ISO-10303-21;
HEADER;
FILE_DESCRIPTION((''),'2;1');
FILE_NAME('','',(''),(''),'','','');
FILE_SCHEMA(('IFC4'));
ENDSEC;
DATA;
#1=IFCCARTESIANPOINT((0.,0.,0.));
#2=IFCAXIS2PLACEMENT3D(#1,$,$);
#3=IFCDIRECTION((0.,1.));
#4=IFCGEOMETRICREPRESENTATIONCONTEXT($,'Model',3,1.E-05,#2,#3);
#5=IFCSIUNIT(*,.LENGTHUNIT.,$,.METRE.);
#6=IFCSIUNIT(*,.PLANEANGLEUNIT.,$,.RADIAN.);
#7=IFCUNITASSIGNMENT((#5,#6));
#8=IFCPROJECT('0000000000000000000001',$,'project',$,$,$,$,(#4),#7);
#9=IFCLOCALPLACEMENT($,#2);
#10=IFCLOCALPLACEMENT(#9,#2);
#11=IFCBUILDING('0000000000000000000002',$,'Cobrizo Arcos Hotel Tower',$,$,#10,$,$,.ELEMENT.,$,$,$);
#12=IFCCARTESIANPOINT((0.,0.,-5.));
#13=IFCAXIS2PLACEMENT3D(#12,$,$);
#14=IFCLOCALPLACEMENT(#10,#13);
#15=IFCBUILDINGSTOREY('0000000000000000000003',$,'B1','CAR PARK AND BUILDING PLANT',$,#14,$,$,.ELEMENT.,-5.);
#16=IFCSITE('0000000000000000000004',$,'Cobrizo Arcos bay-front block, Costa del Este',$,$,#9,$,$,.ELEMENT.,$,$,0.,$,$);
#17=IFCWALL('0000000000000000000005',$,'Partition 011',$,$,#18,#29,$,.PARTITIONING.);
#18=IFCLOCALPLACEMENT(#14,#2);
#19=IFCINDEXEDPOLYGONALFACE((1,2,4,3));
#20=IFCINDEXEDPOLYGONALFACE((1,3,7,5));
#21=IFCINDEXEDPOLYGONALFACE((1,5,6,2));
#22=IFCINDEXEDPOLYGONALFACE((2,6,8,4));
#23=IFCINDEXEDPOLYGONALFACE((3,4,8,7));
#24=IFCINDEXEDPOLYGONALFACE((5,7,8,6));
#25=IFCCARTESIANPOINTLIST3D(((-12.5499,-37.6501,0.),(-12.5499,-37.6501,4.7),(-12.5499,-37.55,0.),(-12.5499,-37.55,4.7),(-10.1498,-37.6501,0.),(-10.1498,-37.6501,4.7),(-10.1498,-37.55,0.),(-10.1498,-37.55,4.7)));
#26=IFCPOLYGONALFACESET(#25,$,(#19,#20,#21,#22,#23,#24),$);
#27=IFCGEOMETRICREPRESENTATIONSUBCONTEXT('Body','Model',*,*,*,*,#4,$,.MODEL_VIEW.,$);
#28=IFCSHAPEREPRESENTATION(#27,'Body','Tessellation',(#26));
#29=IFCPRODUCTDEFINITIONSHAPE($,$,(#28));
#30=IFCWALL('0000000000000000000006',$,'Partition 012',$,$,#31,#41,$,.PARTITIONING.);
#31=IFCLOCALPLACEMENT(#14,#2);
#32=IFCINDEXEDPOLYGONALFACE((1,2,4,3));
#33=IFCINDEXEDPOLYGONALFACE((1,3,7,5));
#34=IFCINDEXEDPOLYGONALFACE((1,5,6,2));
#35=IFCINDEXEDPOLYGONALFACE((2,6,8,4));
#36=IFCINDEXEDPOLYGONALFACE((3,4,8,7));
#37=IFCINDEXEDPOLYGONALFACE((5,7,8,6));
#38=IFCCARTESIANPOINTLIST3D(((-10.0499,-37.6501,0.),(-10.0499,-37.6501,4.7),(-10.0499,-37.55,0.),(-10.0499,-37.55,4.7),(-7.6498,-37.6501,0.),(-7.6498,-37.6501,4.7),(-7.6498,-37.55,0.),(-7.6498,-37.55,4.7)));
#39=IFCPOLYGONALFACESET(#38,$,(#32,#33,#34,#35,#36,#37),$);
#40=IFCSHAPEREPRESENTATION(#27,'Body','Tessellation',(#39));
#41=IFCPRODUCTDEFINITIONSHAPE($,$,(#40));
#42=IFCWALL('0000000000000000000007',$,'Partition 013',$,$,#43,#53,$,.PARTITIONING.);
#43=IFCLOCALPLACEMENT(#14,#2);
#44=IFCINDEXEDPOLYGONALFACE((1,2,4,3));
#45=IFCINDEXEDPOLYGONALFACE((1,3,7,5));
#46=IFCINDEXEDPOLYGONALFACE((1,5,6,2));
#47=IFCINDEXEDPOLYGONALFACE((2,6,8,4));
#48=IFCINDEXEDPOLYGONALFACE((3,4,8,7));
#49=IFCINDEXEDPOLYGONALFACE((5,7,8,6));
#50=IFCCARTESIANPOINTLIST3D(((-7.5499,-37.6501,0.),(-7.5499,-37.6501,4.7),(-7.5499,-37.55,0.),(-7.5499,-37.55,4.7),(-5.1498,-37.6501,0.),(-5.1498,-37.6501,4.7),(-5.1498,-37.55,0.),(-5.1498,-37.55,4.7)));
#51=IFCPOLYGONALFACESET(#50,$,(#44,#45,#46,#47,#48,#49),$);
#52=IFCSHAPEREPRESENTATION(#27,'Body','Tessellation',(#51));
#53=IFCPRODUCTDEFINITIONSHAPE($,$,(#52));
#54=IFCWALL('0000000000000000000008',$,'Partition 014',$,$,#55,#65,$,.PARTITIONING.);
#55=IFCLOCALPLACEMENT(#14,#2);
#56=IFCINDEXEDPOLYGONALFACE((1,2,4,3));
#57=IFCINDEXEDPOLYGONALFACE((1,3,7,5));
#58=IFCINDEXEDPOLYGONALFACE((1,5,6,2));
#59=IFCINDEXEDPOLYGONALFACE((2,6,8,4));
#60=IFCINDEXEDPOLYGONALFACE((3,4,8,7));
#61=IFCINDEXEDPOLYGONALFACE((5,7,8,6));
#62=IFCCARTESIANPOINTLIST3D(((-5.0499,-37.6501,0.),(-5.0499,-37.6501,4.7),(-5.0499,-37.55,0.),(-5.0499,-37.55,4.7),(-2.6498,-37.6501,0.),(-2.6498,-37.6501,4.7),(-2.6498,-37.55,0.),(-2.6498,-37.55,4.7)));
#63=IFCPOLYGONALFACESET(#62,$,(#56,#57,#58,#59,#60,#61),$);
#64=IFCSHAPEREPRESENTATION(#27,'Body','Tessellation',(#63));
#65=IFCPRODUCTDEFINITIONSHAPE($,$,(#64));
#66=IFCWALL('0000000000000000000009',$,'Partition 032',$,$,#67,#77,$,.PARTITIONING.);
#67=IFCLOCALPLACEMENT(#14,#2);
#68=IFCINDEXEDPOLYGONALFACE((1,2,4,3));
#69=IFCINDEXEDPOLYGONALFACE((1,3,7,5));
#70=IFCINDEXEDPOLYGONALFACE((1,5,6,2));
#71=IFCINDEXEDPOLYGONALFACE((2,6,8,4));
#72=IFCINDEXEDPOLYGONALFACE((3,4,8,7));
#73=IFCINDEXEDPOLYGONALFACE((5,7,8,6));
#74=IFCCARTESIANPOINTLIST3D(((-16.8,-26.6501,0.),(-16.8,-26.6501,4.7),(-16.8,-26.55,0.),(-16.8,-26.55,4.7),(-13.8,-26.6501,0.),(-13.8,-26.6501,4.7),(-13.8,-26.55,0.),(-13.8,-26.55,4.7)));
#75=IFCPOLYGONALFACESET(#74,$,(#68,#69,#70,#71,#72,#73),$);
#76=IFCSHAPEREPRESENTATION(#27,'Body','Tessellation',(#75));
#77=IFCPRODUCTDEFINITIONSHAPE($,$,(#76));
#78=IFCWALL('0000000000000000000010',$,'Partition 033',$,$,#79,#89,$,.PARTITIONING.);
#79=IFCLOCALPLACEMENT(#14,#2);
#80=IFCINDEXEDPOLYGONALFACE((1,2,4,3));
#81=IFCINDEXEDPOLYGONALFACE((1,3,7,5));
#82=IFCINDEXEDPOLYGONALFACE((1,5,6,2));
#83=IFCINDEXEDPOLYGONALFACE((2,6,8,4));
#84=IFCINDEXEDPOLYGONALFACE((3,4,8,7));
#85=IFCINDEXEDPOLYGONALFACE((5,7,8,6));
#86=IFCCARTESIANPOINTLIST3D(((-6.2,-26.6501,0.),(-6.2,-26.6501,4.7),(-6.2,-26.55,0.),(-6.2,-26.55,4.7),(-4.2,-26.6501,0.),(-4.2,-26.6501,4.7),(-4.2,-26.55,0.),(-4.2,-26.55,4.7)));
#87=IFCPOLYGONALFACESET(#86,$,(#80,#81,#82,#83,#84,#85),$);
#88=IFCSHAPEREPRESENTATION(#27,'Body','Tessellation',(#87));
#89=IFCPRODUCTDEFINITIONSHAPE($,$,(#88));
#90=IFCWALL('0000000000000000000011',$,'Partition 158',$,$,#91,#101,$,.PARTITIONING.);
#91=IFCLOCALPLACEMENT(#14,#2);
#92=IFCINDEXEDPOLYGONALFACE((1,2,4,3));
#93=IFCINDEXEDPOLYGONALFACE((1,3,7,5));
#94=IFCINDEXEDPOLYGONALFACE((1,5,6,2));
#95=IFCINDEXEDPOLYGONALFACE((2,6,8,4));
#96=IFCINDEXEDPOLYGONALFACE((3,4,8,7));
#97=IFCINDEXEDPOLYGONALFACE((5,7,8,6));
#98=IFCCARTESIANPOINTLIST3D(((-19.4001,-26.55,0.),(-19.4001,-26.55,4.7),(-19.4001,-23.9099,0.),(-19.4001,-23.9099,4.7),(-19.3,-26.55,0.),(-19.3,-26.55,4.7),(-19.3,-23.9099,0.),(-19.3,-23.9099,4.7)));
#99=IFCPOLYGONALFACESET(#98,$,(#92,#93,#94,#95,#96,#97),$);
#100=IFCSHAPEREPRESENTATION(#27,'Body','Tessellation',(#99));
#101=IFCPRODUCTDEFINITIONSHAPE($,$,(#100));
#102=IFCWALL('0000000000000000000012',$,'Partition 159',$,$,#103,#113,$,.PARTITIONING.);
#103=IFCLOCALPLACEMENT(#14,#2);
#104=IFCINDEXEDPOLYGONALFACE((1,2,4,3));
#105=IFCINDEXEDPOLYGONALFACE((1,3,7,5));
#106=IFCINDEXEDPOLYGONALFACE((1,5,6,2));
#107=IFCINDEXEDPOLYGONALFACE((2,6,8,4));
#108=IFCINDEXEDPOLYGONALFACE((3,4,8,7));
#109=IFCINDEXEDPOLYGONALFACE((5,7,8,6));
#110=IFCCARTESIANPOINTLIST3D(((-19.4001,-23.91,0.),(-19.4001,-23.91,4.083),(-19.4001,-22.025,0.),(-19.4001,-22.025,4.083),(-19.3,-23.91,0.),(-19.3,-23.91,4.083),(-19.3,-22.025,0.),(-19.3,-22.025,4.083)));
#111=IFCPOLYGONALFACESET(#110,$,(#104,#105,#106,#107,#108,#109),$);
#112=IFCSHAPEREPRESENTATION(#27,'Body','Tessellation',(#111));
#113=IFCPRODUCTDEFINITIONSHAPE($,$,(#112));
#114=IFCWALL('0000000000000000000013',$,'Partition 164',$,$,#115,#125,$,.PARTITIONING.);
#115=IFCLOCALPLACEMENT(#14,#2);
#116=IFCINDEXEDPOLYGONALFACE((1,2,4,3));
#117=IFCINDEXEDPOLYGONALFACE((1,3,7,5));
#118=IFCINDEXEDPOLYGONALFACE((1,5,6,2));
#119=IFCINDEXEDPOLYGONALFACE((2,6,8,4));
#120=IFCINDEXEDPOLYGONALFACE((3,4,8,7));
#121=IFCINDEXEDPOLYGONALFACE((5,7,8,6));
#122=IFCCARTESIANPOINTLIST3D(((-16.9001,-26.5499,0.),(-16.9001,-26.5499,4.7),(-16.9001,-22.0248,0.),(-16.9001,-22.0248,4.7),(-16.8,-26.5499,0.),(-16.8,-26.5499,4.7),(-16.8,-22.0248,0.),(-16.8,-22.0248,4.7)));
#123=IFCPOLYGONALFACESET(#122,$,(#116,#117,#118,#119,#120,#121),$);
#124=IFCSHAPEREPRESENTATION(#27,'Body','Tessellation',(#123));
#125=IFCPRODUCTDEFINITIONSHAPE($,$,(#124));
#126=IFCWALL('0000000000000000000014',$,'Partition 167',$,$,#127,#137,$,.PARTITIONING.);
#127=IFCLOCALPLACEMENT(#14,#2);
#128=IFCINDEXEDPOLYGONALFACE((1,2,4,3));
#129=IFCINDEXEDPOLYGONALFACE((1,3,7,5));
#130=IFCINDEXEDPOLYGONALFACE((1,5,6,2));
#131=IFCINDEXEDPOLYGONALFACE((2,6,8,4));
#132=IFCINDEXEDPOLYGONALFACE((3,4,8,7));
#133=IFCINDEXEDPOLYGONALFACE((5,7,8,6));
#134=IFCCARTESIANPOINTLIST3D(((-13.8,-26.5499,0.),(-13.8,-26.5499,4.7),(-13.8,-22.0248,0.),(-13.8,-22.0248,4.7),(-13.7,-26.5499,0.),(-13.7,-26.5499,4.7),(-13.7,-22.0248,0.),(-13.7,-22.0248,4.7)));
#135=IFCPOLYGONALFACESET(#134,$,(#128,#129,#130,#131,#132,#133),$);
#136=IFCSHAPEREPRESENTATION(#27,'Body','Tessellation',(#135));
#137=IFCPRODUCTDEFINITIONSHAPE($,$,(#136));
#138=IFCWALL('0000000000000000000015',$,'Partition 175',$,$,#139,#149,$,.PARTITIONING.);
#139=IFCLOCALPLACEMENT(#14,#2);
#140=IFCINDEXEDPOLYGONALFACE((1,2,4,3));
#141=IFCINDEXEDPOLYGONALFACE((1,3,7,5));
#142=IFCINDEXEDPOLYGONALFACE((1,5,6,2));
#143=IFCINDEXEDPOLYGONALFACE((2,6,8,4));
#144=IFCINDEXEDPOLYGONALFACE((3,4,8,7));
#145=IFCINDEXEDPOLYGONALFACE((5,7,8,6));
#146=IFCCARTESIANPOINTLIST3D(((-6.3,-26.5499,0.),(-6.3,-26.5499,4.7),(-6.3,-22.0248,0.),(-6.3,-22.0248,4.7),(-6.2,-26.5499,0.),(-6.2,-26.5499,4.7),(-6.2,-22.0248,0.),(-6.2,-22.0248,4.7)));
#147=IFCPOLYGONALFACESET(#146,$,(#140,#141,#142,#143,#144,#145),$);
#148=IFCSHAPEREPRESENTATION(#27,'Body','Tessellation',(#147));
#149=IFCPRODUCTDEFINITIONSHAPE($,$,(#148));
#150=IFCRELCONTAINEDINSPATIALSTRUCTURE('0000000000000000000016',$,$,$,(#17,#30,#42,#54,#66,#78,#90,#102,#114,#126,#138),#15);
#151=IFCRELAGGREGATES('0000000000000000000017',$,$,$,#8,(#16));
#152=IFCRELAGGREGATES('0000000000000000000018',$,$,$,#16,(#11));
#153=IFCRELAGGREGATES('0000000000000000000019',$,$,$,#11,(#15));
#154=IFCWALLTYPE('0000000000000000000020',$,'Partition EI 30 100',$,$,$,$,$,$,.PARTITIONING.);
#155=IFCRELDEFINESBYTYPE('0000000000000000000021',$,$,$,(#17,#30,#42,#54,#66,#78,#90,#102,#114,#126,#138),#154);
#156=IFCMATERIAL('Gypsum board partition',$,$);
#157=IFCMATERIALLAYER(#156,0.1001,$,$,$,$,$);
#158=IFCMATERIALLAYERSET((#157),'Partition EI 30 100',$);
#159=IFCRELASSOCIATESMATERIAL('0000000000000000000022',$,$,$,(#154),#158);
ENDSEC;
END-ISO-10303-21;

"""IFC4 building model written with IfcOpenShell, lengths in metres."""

from ifc_helpers import new_model, si_unit, direction, frame, frame_2d, origin, place, context, subcontext, project, spatial, rectangle, extrude, material, layer, layer_set, type_object, element, save


model = new_model("IFC4")

# Units and contexts
model_context = context("Model", 3, precision=1e-05, world=origin(), true_north=direction((0.0, 1.0)))
body_context = subcontext(model_context, "Body", "Model", "MODEL_VIEW")
ifc_project = project(units=[si_unit("LENGTHUNIT", "METRE"), si_unit("PLANEANGLEUNIT", "RADIAN")], contexts=[model_context])

# Site, building, storey
site_placement = place(None, origin())
site = spatial("IfcSite", under=ifc_project, at=site_placement, Name="Cobrizo Arcos bay-front block, Costa del Este", CompositionType="ELEMENT", RefElevation=0.0)
building_placement = place(site_placement, origin())
building = spatial("IfcBuilding", under=site, at=building_placement, Name="Cobrizo Arcos Hotel Tower", CompositionType="ELEMENT")
storey_placement = place(building_placement, frame((0.0, 0.0, -5.0)))
storey = spatial("IfcBuildingStorey", under=building, at=storey_placement, Name="B1", Description="CAR PARK AND BUILDING PLANT", CompositionType="ELEMENT", Elevation=-5.0)

# Walls
ifc_material_1 = material(Name="Gypsum board partition")
ifc_layer = layer(ifc_material_1, 0.1001)
ifc_layer_set = layer_set([ifc_layer], Name="Partition EI 30 100")
wall_type = type_object("IfcWallType", Name="Partition EI 30 100", PredefinedType="PARTITIONING", material=ifc_layer_set)
for number, where, z_axis, x_axis, name in (
    (1, (-12.55, -37.6001, 0.0), (0.0, 0.0, 1.0), (1.0, 0.0, 0.0), "Partition 011"),
    (2, (-10.05, -37.6001, 0.0), (0.0, 0.0, 1.0), (1.0, 0.0, 0.0), "Partition 012"),
    (3, (-7.55, -37.6001, 0.0), (0.0, 0.0, 1.0), (1.0, 0.0, 0.0), "Partition 013"),
    (4, (-5.05, -37.6001, 0.0), (0.0, 0.0, 1.0), (1.0, 0.0, 0.0), "Partition 014"),
):
    element("IfcWall", number, at=place(storey_placement, frame(where, z_axis=z_axis, x_axis=x_axis)), inside=storey, type_object=wall_type, Name=name, PredefinedType="PARTITIONING", context=body_context, shape_type="SweptSolid", body=[
        extrude(rectangle(XDim=2.4001, YDim=0.1001, at=frame_2d((1.2002, 0.0))), origin(), (0.0, 0.0, 1.0), 4.7),
    ])
wall_1_placement = place(storey_placement, frame((-16.8, -26.6001, 0.0), z_axis=(0.0, 0.0, 1.0), x_axis=(1.0, 0.0, 0.0)))
element("IfcWall", 5, at=wall_1_placement, inside=storey, type_object=wall_type, Name="Partition 032", PredefinedType="PARTITIONING", context=body_context, shape_type="SweptSolid", body=[
    extrude(rectangle(XDim=3.0, YDim=0.1001, at=frame_2d((1.5, 0.0))), origin(), (0.0, 0.0, 1.0), 4.7),
])
wall_2_placement = place(storey_placement, frame((-6.2, -26.6001, 0.0), z_axis=(0.0, 0.0, 1.0), x_axis=(1.0, 0.0, 0.0)))
element("IfcWall", 6, at=wall_2_placement, inside=storey, type_object=wall_type, Name="Partition 033", PredefinedType="PARTITIONING", context=body_context, shape_type="SweptSolid", body=[
    extrude(rectangle(XDim=2.0, YDim=0.1001, at=frame_2d((1.0, 0.0))), origin(), (0.0, 0.0, 1.0), 4.7),
])
wall_3_placement = place(storey_placement, frame((-19.3501, -26.55, 0.0), z_axis=(0.0, 0.0, 1.0), x_axis=(0.0, 1.0, 0.0)))
element("IfcWall", 7, at=wall_3_placement, inside=storey, type_object=wall_type, Name="Partition 158", PredefinedType="PARTITIONING", context=body_context, shape_type="SweptSolid", body=[
    extrude(rectangle(XDim=2.6401, YDim=0.1001, at=frame_2d((1.3201, 0.0))), origin(), (0.0, 0.0, 1.0), 4.7),
])
wall_4_placement = place(storey_placement, frame((-19.3501, -23.9099, 0.0), z_axis=(0.0, 0.0, 1.0), x_axis=(0.0, 1.0, 0.0)))
element("IfcWall", 8, at=wall_4_placement, inside=storey, type_object=wall_type, Name="Partition 159", PredefinedType="PARTITIONING", context=body_context, shape_type="SweptSolid", body=[
    extrude(rectangle(XDim=1.885, YDim=0.1001, at=frame_2d((0.9424, 0.0))), origin(), (0.0, 0.0, 1.0), 4.083),
])
for number, where, z_axis, x_axis, name in (
    (9, (-16.8501, -26.55, 0.0), (0.0, 0.0, 1.0), (0.0, 1.0, 0.0), "Partition 164"),
    (10, (-13.75, -26.55, 0.0), (0.0, 0.0, 1.0), (0.0, 1.0, 0.0), "Partition 167"),
    (11, (-6.25, -26.55, 0.0), (0.0, 0.0, 1.0), (0.0, 1.0, 0.0), "Partition 175"),
):
    element("IfcWall", number, at=place(storey_placement, frame(where, z_axis=z_axis, x_axis=x_axis)), inside=storey, type_object=wall_type, Name=name, PredefinedType="PARTITIONING", context=body_context, shape_type="SweptSolid", body=[
        extrude(rectangle(XDim=4.5251, YDim=0.1001, at=frame_2d((2.2627, 0.0))), origin(), (0.0, 0.0, 1.0), 4.7),
    ])

save(model, "model.ifc")
